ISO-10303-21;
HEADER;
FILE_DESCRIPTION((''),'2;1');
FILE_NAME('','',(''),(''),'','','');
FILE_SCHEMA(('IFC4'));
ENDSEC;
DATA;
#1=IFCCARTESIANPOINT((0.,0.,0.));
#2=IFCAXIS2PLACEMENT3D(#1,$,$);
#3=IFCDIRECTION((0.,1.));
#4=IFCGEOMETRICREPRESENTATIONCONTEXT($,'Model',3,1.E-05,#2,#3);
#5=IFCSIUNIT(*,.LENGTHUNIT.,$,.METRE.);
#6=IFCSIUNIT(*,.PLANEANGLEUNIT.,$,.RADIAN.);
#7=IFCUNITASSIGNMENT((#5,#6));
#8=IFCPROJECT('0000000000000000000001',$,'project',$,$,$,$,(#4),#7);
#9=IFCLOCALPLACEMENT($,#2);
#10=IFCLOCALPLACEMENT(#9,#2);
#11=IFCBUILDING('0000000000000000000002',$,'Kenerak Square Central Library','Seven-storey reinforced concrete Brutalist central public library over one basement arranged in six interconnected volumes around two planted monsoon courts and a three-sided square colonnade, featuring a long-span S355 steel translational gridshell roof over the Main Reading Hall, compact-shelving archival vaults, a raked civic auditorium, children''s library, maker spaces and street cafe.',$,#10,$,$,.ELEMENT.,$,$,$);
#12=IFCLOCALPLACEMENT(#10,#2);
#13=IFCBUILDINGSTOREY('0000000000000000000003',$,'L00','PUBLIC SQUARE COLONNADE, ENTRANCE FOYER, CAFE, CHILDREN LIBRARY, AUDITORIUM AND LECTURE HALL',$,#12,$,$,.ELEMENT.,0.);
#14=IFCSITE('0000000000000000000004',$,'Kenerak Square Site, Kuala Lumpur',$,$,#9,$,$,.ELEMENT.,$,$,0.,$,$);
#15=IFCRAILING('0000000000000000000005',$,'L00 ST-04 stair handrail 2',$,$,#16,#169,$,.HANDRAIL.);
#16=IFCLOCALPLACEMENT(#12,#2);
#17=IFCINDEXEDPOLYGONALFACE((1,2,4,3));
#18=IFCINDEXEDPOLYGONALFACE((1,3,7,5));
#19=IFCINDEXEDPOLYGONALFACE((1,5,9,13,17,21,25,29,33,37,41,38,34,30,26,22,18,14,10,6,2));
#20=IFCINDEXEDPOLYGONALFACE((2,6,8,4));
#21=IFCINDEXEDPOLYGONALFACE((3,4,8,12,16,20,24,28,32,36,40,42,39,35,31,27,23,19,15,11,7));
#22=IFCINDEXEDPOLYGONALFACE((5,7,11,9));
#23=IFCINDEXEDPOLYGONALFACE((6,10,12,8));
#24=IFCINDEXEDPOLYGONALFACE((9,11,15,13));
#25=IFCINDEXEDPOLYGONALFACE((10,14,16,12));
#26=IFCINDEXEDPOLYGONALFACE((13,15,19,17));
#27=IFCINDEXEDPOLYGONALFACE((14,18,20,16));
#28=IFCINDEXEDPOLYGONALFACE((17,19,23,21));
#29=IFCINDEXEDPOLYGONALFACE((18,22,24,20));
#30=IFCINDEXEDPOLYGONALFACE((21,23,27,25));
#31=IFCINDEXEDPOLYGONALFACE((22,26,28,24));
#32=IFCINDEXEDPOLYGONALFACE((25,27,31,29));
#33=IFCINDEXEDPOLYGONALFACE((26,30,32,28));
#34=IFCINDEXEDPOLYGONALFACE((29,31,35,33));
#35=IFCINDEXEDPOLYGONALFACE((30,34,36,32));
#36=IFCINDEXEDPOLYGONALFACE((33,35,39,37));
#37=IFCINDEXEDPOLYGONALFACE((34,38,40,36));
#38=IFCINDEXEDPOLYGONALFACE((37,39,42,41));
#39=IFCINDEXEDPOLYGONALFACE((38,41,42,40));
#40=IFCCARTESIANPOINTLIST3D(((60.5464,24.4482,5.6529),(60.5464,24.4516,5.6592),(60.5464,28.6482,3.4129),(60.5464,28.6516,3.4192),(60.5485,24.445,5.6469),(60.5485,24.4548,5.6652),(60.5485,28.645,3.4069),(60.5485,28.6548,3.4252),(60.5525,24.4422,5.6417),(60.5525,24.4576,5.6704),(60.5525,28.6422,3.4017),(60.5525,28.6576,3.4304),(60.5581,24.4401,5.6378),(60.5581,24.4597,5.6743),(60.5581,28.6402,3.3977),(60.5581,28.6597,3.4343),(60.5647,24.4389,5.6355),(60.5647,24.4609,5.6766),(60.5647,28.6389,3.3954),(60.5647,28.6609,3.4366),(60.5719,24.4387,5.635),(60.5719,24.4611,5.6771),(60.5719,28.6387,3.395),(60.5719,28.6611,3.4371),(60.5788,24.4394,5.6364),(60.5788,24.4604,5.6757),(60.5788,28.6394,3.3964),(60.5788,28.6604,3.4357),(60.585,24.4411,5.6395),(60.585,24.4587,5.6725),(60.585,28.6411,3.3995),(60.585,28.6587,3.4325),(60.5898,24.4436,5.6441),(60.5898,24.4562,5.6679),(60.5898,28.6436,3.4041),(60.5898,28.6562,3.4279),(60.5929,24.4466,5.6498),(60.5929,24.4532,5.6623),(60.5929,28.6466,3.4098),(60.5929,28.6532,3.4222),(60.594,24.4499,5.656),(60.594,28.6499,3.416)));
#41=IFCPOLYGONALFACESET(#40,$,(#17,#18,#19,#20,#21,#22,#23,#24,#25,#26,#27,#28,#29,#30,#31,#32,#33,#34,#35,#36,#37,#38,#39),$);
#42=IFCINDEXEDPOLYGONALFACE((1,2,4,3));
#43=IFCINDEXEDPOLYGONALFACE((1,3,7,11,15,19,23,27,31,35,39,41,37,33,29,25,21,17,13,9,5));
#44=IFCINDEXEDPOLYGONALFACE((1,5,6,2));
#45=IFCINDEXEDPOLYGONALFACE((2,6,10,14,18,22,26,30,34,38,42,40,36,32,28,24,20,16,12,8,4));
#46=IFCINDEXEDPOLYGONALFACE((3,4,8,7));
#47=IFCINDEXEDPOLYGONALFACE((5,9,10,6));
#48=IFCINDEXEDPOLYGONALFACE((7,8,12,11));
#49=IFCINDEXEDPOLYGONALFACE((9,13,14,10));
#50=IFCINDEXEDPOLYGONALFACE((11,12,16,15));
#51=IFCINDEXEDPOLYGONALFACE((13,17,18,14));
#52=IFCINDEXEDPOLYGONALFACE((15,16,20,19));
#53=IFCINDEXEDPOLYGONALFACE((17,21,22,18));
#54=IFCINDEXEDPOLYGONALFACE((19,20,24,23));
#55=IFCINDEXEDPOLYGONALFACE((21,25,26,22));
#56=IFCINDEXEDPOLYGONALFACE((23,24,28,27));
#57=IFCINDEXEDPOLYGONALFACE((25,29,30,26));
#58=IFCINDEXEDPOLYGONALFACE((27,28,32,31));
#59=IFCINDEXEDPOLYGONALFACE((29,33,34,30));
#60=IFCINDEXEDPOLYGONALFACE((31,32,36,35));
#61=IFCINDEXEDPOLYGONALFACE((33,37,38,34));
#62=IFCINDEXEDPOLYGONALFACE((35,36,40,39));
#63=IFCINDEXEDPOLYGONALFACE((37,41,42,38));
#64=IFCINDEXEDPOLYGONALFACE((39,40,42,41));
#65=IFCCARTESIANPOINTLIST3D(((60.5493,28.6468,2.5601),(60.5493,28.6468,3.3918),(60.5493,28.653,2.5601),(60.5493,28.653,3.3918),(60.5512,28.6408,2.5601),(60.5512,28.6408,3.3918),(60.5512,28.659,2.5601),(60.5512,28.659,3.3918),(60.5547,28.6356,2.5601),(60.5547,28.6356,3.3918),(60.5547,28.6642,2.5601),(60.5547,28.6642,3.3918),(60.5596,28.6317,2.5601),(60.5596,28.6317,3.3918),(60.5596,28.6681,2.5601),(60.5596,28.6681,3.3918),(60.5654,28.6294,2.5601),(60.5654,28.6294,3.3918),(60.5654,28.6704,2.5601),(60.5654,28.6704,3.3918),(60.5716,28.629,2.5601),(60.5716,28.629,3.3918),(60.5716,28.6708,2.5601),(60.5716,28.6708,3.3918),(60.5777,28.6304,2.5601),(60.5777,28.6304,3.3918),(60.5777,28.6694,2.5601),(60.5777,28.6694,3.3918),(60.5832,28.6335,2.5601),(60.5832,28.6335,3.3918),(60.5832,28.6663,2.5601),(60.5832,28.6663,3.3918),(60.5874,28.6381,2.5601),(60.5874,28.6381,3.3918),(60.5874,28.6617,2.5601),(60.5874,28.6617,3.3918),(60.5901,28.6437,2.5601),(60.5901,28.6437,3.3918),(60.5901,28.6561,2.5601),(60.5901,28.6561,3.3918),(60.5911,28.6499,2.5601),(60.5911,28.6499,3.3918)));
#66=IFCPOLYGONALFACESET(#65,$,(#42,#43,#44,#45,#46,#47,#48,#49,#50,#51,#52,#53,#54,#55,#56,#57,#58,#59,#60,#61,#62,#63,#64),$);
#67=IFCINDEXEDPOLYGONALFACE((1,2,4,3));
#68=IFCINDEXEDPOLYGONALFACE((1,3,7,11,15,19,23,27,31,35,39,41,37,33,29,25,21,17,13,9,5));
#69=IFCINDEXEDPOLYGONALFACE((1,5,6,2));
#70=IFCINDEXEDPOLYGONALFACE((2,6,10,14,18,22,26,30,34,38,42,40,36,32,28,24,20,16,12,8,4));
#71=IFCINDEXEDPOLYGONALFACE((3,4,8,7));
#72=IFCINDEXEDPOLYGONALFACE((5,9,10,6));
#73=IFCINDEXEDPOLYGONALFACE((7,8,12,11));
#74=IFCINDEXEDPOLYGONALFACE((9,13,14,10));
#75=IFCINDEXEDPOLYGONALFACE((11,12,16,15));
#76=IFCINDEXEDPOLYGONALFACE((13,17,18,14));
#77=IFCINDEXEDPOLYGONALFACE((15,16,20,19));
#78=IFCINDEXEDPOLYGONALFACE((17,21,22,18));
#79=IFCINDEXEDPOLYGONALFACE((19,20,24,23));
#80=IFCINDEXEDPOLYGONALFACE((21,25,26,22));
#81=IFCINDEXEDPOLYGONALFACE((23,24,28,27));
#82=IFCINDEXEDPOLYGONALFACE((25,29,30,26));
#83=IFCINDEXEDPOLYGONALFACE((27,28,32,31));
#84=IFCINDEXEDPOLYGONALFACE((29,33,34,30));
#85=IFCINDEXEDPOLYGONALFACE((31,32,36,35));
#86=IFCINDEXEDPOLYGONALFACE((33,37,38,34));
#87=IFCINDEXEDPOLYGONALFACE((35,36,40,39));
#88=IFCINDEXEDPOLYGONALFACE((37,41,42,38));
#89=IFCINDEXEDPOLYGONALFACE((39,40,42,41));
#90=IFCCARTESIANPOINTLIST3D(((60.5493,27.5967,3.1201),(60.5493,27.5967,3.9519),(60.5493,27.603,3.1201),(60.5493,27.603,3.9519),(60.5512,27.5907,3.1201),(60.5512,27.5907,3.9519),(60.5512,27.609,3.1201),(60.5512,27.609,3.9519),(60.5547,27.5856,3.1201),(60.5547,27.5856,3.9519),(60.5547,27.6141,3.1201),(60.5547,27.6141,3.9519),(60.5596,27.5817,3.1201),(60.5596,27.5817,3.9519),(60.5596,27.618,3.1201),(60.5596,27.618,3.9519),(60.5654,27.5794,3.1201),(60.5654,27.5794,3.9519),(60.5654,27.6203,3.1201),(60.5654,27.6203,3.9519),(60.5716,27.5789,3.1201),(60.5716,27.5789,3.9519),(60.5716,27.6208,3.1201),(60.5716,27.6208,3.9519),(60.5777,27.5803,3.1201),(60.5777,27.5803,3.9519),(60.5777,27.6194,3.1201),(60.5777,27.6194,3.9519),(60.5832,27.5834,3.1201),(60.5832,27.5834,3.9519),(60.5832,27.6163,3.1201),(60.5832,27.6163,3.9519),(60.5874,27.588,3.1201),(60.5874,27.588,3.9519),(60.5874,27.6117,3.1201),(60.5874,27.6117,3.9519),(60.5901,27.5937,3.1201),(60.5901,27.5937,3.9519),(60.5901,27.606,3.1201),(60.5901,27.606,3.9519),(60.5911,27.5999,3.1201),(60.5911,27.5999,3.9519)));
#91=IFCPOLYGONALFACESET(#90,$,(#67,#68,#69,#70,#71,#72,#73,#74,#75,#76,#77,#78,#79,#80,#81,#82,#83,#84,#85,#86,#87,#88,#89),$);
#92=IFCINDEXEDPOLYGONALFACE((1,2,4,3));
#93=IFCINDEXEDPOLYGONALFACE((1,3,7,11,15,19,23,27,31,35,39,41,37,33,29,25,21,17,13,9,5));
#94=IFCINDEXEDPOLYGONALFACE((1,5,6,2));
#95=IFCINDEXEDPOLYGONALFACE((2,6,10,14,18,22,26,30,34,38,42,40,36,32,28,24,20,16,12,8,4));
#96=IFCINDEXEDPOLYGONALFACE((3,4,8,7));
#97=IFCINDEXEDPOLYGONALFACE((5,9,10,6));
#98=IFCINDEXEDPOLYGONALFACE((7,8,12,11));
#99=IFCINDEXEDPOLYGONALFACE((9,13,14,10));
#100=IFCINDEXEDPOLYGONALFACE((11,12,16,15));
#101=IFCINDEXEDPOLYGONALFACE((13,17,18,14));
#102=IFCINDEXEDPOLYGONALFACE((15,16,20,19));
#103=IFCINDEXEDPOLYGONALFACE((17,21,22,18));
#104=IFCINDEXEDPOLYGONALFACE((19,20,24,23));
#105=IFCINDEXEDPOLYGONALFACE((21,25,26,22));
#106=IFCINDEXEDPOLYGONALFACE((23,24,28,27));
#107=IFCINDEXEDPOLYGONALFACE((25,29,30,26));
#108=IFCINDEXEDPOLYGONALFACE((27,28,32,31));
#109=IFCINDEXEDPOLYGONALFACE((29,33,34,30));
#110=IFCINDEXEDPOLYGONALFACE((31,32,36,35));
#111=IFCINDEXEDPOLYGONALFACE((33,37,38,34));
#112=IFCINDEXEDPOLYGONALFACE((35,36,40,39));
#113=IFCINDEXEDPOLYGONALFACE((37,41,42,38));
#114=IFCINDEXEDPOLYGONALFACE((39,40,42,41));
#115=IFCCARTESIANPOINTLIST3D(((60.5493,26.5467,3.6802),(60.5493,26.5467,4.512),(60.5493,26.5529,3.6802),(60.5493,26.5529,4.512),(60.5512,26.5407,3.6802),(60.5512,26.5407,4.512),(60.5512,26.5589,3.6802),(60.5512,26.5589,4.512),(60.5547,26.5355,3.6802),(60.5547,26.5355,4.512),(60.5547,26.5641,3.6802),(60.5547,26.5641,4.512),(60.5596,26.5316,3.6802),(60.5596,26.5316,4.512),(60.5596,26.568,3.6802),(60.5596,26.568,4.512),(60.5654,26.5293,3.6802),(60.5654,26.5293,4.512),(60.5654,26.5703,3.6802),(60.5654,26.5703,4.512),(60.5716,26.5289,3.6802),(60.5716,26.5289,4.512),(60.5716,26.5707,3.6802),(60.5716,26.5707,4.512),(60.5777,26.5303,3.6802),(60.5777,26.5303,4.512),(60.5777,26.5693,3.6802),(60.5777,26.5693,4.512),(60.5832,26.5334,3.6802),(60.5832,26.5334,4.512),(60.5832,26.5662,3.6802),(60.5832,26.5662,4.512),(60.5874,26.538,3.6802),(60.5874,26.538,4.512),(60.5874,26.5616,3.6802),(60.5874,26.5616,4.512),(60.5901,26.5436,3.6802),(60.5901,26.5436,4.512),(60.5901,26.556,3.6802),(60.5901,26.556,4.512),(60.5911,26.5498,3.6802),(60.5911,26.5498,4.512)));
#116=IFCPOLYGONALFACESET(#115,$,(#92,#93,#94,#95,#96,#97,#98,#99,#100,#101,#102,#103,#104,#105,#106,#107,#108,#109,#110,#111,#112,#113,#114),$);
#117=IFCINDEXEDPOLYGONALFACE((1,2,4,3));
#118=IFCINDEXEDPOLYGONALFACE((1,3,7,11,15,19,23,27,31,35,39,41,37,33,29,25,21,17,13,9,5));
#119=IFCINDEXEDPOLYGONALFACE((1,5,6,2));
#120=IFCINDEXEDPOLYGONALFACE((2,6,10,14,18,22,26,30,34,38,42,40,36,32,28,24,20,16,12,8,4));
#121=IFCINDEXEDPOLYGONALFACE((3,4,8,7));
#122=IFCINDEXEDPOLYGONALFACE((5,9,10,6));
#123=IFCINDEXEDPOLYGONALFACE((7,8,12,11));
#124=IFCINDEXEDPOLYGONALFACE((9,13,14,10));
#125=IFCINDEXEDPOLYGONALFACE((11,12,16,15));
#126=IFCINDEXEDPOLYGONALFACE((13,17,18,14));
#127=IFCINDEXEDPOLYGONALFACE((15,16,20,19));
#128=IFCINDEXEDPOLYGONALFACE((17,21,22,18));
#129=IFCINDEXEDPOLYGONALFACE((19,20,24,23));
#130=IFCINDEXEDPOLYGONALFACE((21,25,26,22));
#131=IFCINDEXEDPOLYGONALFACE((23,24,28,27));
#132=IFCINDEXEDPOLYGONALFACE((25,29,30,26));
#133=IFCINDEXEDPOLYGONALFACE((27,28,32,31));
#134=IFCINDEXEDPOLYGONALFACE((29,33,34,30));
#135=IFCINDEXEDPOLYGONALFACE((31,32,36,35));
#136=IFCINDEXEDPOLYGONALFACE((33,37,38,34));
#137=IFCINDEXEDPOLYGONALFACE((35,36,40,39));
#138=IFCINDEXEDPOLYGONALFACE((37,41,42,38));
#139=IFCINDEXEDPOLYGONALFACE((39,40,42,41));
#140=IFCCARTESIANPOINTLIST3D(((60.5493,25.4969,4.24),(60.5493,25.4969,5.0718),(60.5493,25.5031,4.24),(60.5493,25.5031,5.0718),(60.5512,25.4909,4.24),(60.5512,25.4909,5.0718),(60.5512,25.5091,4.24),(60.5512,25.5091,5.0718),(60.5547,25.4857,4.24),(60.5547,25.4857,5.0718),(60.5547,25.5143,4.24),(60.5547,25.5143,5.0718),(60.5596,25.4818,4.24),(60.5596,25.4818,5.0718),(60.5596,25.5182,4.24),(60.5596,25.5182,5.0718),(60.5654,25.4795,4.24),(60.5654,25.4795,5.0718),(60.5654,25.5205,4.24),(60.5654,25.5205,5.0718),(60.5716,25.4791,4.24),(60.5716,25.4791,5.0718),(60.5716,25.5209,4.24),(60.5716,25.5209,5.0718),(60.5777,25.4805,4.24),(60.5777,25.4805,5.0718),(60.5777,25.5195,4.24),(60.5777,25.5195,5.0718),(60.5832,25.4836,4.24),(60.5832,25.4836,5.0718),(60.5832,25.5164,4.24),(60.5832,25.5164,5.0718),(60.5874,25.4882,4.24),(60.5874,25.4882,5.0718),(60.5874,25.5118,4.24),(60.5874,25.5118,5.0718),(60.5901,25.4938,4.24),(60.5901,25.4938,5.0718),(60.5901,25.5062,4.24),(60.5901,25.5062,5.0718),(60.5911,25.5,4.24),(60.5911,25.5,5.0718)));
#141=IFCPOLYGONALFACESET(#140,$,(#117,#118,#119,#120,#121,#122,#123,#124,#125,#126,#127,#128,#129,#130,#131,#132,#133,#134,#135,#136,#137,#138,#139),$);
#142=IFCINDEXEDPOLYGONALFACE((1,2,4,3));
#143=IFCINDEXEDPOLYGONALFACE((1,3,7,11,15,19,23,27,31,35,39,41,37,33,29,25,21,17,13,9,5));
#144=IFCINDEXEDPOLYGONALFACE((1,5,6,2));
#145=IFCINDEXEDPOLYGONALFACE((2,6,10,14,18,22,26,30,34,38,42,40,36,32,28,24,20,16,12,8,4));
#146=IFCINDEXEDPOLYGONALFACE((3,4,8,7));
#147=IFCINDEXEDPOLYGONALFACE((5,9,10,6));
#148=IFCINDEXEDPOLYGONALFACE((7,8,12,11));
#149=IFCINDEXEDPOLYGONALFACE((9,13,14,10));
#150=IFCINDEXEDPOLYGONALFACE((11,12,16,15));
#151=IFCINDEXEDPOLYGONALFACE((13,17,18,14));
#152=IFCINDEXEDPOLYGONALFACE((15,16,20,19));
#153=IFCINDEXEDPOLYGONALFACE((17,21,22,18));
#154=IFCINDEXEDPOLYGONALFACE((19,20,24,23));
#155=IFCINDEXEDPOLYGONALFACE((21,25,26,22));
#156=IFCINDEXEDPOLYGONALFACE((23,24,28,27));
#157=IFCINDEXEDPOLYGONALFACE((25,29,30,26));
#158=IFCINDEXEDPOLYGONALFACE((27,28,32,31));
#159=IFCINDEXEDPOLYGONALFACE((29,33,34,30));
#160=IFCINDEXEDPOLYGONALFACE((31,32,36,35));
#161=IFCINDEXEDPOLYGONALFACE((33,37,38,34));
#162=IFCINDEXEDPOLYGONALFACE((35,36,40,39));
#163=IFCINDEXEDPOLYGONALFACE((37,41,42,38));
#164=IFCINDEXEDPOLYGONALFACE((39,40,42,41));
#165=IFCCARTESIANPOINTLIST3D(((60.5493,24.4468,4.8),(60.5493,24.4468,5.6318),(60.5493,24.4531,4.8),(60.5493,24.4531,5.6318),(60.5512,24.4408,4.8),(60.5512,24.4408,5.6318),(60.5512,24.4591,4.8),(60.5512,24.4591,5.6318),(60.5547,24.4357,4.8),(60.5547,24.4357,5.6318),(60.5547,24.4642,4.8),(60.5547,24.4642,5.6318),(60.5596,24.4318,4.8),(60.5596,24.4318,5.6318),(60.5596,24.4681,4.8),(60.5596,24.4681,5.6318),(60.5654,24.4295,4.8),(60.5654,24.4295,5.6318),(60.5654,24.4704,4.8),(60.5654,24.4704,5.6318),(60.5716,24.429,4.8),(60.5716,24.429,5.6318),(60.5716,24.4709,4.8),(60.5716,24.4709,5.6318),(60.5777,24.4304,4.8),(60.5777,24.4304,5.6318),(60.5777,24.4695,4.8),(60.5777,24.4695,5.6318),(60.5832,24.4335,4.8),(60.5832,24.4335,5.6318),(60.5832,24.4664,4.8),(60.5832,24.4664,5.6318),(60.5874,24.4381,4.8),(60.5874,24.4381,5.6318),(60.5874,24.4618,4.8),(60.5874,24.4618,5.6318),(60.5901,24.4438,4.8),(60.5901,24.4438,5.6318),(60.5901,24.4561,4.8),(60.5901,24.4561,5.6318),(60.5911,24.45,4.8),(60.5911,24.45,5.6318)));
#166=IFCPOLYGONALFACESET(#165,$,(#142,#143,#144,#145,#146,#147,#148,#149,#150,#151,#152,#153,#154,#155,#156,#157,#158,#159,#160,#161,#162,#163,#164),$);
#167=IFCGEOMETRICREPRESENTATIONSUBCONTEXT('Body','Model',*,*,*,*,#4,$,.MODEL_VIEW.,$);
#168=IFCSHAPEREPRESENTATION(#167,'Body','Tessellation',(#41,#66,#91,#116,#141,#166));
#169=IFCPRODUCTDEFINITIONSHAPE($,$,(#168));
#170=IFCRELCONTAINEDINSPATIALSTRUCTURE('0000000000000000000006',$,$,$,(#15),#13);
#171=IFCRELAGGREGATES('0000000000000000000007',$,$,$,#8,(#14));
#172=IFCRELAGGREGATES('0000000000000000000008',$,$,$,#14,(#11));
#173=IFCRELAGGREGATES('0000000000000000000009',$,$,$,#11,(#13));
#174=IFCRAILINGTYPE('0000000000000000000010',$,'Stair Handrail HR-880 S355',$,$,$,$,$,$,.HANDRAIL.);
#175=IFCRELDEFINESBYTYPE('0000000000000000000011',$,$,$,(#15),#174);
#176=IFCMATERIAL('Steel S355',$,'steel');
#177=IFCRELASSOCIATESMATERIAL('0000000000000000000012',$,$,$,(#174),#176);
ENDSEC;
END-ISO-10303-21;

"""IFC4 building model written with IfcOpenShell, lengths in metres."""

from ifc_helpers import new_model, si_unit, direction, frame, origin, origin_2d, place, context, subcontext, project, spatial, circle, extrude, material, type_object, element, save


model = new_model("IFC4")

# Units and contexts
model_context = context("Model", 3, precision=1e-05, world=origin(), true_north=direction((0.0, 1.0)))
body_context = subcontext(model_context, "Body", "Model", "MODEL_VIEW")
ifc_project = project(units=[si_unit("LENGTHUNIT", "METRE"), si_unit("PLANEANGLEUNIT", "RADIAN")], contexts=[model_context])

# Site, building, storey
site_placement = place(None, origin())
site = spatial("IfcSite", under=ifc_project, at=site_placement, Name="Kenerak Square Site, Kuala Lumpur", CompositionType="ELEMENT", RefElevation=0.0)
building_placement = place(site_placement, origin())
building = spatial("IfcBuilding", under=site, at=building_placement, Name="Kenerak Square Central Library", Description="Seven-storey reinforced concrete Brutalist central public library over one basement arranged in six interconnected volumes around two planted monsoon courts and a three-sided square colonnade, featuring a long-span S355 steel translational gridshell roof over the Main Reading Hall, compact-shelving archival vaults, a raked civic auditorium, children's library, maker spaces and street cafe.", CompositionType="ELEMENT")
storey_placement = place(building_placement, origin())
storey = spatial("IfcBuildingStorey", under=building, at=storey_placement, Name="L00", Description="PUBLIC SQUARE COLONNADE, ENTRANCE FOYER, CAFE, CHILDREN LIBRARY, AUDITORIUM AND LECTURE HALL", CompositionType="ELEMENT", Elevation=0.0)

# Shared definitions
ifc_material_1 = material(Name="Steel S355", Category="steel")

# Railing
railing_type_1 = type_object("IfcRailingType", Name="Stair Handrail HR-880 S355", PredefinedType="HANDRAIL", material=ifc_material_1)
railing_1_placement = place(storey_placement, frame((60.5701, 28.6499, 2.5601)))
element("IfcRailing", 1, at=railing_1_placement, inside=storey, type_object=railing_type_1, Name="L00 ST-04 stair handrail 2", PredefinedType="HANDRAIL", context=body_context, shape_type="SweptSolid", body=[
    extrude(circle(Radius=0.0239, at=origin_2d()), frame((0.0, 0.0, 0.856), z_axis=(0.0, -0.882352, 0.470591), x_axis=(1.0, 0.0, 0.0)), (0.0, 0.0, 1.0), 4.76),
    extrude(circle(Radius=0.021, at=origin_2d()), origin(), (0.0, 0.0, 1.0), 0.8318),
    extrude(circle(Radius=0.021, at=origin_2d()), frame((0.0, -1.05, 0.5601)), (0.0, 0.0, 1.0), 0.8318),
    extrude(circle(Radius=0.021, at=origin_2d()), frame((0.0, -2.1001, 1.1201)), (0.0, 0.0, 1.0), 0.8318),
    extrude(circle(Radius=0.021, at=origin_2d()), frame((0.0, -3.1499, 1.6799)), (0.0, 0.0, 1.0), 0.8318),
    extrude(circle(Radius=0.021, at=origin_2d()), frame((0.0, -4.2, 2.24)), (0.0, 0.0, 1.0), 0.8318),
])

save(model, "model.ifc")
